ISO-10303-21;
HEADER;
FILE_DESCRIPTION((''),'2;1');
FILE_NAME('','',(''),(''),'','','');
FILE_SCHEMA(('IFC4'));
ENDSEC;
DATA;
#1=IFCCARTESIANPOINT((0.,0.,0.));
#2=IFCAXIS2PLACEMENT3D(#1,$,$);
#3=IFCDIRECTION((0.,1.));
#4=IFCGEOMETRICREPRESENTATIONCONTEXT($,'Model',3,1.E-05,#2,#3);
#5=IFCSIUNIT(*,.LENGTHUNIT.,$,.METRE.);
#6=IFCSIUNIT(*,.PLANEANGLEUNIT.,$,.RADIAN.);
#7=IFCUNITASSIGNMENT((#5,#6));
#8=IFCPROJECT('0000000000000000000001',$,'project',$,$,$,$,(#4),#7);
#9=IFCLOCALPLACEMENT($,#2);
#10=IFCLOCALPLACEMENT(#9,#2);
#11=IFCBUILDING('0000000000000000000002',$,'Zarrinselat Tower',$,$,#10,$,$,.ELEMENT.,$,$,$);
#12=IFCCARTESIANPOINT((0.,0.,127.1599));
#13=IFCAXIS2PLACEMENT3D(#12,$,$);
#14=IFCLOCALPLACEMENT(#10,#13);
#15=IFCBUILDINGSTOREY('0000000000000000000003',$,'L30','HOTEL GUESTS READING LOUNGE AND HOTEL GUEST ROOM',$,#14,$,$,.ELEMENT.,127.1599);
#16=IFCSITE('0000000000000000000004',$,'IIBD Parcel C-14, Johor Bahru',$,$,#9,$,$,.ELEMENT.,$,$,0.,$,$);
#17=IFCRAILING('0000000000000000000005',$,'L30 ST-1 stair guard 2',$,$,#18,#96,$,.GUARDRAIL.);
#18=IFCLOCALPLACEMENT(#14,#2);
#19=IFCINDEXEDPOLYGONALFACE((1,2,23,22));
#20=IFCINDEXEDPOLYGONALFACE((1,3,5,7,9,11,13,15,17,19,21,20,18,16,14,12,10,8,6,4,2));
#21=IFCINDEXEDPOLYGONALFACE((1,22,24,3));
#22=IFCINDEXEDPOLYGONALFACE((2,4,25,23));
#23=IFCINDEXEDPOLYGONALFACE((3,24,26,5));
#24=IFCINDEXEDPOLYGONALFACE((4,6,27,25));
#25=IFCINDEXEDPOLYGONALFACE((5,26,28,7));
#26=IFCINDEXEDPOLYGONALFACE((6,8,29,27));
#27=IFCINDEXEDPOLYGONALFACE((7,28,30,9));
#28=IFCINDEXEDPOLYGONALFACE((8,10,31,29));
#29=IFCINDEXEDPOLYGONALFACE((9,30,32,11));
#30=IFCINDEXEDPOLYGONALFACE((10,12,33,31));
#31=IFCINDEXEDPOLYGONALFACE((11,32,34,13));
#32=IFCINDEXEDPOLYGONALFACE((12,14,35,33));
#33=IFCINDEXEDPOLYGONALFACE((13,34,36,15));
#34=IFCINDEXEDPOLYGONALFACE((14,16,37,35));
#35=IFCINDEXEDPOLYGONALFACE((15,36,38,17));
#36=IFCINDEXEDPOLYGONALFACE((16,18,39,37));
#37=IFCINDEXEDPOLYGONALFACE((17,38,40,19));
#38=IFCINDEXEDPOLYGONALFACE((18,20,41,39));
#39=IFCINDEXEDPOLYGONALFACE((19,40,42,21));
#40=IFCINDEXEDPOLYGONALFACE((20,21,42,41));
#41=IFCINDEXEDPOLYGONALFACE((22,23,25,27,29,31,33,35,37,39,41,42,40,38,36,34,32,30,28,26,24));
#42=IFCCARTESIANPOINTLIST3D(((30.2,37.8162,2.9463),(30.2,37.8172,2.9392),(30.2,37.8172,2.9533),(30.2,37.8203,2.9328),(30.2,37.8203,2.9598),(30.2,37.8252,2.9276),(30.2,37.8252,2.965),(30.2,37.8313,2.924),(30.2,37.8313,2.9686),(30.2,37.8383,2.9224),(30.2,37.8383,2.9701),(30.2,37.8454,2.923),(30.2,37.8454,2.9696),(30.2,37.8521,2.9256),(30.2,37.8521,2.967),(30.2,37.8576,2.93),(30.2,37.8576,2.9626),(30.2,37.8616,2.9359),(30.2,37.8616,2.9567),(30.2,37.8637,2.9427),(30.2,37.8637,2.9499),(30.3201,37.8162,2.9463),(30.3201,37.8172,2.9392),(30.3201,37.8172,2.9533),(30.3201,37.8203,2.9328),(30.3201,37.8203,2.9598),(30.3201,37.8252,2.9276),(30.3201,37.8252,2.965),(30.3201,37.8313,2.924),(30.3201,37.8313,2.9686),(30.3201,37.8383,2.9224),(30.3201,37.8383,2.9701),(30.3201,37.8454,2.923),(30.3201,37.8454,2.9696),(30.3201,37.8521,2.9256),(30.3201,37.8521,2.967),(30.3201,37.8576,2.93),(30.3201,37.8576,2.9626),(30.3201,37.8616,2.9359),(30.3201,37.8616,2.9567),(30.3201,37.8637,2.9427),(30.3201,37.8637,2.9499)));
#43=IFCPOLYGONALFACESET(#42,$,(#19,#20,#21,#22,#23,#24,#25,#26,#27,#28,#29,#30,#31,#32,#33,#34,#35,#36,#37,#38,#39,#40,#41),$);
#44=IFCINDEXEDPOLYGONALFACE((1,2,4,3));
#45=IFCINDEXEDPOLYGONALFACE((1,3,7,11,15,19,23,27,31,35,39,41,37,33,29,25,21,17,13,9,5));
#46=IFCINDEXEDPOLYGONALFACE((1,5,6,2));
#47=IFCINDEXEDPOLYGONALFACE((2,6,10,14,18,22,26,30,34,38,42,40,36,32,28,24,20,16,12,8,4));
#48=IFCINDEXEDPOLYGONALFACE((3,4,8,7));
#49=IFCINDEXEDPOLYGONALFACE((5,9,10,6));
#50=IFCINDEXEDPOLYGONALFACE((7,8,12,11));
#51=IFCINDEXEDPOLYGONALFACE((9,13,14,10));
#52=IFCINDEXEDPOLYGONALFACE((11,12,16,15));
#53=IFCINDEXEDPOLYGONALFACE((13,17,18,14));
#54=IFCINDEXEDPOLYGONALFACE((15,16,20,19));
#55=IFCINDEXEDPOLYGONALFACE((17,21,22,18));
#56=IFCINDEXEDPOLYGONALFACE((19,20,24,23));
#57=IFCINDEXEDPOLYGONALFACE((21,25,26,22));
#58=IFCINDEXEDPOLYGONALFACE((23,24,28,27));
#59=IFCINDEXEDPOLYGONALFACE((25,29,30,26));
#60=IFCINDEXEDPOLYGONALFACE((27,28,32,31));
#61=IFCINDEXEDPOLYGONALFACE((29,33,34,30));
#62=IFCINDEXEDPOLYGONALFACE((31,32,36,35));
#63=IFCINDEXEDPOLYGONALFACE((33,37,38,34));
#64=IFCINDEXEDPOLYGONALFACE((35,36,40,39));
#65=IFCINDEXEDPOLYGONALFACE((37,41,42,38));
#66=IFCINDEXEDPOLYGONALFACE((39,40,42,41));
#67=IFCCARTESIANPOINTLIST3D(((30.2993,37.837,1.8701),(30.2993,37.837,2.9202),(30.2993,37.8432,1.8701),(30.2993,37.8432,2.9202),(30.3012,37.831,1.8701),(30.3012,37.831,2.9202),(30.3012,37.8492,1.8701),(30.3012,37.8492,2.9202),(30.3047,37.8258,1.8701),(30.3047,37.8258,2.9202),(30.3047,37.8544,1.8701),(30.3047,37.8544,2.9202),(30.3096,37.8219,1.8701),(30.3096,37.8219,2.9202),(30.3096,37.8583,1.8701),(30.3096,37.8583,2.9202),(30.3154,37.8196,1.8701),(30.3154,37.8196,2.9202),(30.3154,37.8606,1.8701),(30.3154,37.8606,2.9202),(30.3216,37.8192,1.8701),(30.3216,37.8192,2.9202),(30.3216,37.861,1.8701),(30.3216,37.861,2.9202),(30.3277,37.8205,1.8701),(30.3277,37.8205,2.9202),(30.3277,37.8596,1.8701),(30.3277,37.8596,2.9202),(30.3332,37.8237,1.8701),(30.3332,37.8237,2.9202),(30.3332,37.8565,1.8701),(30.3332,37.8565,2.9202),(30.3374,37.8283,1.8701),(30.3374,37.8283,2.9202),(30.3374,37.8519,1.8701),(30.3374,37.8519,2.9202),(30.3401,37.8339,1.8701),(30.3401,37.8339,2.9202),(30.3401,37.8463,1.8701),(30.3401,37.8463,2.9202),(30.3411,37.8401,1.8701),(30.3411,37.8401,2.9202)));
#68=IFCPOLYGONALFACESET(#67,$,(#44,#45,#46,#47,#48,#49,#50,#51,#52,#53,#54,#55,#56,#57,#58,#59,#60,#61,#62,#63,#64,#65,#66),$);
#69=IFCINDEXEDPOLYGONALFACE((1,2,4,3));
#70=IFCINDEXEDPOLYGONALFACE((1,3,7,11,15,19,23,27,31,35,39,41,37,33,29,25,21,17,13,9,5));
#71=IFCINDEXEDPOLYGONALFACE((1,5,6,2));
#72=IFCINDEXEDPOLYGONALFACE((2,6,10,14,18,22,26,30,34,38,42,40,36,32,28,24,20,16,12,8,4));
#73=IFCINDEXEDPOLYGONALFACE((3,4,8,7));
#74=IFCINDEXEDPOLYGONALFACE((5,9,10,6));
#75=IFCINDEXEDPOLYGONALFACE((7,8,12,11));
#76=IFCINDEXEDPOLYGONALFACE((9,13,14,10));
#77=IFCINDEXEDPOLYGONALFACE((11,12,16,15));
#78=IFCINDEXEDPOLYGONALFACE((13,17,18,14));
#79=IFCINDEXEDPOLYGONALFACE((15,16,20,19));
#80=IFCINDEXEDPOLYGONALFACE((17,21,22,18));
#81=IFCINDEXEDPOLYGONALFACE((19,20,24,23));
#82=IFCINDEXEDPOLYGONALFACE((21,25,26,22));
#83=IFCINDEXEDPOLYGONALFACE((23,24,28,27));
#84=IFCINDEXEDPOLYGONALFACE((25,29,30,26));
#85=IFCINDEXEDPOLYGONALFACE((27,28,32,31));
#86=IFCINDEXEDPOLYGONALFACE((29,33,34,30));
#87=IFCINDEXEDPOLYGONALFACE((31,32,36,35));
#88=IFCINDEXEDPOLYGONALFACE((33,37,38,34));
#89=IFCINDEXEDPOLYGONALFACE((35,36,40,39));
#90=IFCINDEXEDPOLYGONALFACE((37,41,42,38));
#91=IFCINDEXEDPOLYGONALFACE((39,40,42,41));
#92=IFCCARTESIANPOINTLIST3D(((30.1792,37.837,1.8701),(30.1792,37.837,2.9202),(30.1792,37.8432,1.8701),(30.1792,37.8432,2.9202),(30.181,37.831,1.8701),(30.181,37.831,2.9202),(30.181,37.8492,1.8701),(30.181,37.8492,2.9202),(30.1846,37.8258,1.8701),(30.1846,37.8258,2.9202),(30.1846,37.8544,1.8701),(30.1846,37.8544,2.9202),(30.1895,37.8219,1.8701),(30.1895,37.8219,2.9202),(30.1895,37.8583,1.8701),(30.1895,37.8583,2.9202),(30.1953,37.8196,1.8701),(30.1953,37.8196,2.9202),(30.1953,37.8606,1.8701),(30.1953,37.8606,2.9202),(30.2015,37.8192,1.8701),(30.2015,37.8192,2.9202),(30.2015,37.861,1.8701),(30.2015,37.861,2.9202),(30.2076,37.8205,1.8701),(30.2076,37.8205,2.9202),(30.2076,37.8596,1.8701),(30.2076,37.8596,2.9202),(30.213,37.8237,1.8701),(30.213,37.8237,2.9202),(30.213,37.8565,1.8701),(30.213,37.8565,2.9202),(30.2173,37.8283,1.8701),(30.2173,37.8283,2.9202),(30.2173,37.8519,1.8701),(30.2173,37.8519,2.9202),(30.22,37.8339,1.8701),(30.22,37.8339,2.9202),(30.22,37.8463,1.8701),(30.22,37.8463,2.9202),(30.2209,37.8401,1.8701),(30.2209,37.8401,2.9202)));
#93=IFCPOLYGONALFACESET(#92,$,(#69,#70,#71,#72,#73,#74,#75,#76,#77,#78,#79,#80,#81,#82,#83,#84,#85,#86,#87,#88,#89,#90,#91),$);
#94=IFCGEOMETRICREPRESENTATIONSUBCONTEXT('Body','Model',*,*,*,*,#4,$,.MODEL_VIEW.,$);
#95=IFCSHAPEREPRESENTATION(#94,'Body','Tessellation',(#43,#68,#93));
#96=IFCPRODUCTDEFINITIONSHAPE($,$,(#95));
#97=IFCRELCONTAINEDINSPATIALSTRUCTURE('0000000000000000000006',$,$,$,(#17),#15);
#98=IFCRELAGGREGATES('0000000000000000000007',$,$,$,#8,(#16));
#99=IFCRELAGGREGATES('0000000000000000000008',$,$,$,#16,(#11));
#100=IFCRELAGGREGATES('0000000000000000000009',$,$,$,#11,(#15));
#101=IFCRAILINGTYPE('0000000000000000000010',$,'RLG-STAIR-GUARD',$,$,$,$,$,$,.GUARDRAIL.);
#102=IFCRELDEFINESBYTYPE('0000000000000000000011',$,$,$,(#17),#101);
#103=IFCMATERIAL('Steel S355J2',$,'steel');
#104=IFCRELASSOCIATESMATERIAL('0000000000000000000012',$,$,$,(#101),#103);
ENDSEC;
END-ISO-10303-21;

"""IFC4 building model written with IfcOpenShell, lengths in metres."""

from ifc_helpers import new_model, si_unit, direction, frame, origin, origin_2d, place, context, subcontext, project, spatial, circle, extrude, material, type_object, element, save


model = new_model("IFC4")

# Units and contexts
model_context = context("Model", 3, precision=1e-05, world=origin(), true_north=direction((0.0, 1.0)))
body_context = subcontext(model_context, "Body", "Model", "MODEL_VIEW")
ifc_project = project(units=[si_unit("LENGTHUNIT", "METRE"), si_unit("PLANEANGLEUNIT", "RADIAN")], contexts=[model_context])

# Site, building, storey
site_placement = place(None, origin())
site = spatial("IfcSite", under=ifc_project, at=site_placement, Name="IIBD Parcel C-14, Johor Bahru", CompositionType="ELEMENT", RefElevation=0.0)
building_placement = place(site_placement, origin())
building = spatial("IfcBuilding", under=site, at=building_placement, Name="Zarrinselat Tower", CompositionType="ELEMENT")
storey_placement = place(building_placement, frame((0.0, 0.0, 127.1599)))
storey = spatial("IfcBuildingStorey", under=building, at=storey_placement, Name="L30", Description="HOTEL GUESTS READING LOUNGE AND HOTEL GUEST ROOM", CompositionType="ELEMENT", Elevation=127.1599)

# Railing
ifc_material_1 = material(Name="Steel S355J2", Category="steel")
railing_type_1 = type_object("IfcRailingType", Name="RLG-STAIR-GUARD", PredefinedType="GUARDRAIL", material=ifc_material_1)
railing_1_placement = place(storey_placement, frame((30.3201, 37.8401, 1.8701)))
element("IfcRailing", 1, at=railing_1_placement, inside=storey, type_object=railing_type_1, Name="L30 ST-1 stair guard 2", PredefinedType="GUARDRAIL", context=body_context, shape_type="SweptSolid", body=[
    extrude(circle(Radius=0.0239, at=origin_2d()), frame((0.0, 0.0, 1.0762), z_axis=(-1.0, 0.0, 0.0), x_axis=(0.0, -1.0, 0.0)), (0.0, 0.0, 1.0), 0.1201),
    extrude(circle(Radius=0.021, at=origin_2d()), origin(), (0.0, 0.0, 1.0), 1.05),
    extrude(circle(Radius=0.021, at=origin_2d()), frame((-0.1201, 0.0, 0.0)), (0.0, 0.0, 1.0), 1.05),
])

save(model, "model.ifc")
